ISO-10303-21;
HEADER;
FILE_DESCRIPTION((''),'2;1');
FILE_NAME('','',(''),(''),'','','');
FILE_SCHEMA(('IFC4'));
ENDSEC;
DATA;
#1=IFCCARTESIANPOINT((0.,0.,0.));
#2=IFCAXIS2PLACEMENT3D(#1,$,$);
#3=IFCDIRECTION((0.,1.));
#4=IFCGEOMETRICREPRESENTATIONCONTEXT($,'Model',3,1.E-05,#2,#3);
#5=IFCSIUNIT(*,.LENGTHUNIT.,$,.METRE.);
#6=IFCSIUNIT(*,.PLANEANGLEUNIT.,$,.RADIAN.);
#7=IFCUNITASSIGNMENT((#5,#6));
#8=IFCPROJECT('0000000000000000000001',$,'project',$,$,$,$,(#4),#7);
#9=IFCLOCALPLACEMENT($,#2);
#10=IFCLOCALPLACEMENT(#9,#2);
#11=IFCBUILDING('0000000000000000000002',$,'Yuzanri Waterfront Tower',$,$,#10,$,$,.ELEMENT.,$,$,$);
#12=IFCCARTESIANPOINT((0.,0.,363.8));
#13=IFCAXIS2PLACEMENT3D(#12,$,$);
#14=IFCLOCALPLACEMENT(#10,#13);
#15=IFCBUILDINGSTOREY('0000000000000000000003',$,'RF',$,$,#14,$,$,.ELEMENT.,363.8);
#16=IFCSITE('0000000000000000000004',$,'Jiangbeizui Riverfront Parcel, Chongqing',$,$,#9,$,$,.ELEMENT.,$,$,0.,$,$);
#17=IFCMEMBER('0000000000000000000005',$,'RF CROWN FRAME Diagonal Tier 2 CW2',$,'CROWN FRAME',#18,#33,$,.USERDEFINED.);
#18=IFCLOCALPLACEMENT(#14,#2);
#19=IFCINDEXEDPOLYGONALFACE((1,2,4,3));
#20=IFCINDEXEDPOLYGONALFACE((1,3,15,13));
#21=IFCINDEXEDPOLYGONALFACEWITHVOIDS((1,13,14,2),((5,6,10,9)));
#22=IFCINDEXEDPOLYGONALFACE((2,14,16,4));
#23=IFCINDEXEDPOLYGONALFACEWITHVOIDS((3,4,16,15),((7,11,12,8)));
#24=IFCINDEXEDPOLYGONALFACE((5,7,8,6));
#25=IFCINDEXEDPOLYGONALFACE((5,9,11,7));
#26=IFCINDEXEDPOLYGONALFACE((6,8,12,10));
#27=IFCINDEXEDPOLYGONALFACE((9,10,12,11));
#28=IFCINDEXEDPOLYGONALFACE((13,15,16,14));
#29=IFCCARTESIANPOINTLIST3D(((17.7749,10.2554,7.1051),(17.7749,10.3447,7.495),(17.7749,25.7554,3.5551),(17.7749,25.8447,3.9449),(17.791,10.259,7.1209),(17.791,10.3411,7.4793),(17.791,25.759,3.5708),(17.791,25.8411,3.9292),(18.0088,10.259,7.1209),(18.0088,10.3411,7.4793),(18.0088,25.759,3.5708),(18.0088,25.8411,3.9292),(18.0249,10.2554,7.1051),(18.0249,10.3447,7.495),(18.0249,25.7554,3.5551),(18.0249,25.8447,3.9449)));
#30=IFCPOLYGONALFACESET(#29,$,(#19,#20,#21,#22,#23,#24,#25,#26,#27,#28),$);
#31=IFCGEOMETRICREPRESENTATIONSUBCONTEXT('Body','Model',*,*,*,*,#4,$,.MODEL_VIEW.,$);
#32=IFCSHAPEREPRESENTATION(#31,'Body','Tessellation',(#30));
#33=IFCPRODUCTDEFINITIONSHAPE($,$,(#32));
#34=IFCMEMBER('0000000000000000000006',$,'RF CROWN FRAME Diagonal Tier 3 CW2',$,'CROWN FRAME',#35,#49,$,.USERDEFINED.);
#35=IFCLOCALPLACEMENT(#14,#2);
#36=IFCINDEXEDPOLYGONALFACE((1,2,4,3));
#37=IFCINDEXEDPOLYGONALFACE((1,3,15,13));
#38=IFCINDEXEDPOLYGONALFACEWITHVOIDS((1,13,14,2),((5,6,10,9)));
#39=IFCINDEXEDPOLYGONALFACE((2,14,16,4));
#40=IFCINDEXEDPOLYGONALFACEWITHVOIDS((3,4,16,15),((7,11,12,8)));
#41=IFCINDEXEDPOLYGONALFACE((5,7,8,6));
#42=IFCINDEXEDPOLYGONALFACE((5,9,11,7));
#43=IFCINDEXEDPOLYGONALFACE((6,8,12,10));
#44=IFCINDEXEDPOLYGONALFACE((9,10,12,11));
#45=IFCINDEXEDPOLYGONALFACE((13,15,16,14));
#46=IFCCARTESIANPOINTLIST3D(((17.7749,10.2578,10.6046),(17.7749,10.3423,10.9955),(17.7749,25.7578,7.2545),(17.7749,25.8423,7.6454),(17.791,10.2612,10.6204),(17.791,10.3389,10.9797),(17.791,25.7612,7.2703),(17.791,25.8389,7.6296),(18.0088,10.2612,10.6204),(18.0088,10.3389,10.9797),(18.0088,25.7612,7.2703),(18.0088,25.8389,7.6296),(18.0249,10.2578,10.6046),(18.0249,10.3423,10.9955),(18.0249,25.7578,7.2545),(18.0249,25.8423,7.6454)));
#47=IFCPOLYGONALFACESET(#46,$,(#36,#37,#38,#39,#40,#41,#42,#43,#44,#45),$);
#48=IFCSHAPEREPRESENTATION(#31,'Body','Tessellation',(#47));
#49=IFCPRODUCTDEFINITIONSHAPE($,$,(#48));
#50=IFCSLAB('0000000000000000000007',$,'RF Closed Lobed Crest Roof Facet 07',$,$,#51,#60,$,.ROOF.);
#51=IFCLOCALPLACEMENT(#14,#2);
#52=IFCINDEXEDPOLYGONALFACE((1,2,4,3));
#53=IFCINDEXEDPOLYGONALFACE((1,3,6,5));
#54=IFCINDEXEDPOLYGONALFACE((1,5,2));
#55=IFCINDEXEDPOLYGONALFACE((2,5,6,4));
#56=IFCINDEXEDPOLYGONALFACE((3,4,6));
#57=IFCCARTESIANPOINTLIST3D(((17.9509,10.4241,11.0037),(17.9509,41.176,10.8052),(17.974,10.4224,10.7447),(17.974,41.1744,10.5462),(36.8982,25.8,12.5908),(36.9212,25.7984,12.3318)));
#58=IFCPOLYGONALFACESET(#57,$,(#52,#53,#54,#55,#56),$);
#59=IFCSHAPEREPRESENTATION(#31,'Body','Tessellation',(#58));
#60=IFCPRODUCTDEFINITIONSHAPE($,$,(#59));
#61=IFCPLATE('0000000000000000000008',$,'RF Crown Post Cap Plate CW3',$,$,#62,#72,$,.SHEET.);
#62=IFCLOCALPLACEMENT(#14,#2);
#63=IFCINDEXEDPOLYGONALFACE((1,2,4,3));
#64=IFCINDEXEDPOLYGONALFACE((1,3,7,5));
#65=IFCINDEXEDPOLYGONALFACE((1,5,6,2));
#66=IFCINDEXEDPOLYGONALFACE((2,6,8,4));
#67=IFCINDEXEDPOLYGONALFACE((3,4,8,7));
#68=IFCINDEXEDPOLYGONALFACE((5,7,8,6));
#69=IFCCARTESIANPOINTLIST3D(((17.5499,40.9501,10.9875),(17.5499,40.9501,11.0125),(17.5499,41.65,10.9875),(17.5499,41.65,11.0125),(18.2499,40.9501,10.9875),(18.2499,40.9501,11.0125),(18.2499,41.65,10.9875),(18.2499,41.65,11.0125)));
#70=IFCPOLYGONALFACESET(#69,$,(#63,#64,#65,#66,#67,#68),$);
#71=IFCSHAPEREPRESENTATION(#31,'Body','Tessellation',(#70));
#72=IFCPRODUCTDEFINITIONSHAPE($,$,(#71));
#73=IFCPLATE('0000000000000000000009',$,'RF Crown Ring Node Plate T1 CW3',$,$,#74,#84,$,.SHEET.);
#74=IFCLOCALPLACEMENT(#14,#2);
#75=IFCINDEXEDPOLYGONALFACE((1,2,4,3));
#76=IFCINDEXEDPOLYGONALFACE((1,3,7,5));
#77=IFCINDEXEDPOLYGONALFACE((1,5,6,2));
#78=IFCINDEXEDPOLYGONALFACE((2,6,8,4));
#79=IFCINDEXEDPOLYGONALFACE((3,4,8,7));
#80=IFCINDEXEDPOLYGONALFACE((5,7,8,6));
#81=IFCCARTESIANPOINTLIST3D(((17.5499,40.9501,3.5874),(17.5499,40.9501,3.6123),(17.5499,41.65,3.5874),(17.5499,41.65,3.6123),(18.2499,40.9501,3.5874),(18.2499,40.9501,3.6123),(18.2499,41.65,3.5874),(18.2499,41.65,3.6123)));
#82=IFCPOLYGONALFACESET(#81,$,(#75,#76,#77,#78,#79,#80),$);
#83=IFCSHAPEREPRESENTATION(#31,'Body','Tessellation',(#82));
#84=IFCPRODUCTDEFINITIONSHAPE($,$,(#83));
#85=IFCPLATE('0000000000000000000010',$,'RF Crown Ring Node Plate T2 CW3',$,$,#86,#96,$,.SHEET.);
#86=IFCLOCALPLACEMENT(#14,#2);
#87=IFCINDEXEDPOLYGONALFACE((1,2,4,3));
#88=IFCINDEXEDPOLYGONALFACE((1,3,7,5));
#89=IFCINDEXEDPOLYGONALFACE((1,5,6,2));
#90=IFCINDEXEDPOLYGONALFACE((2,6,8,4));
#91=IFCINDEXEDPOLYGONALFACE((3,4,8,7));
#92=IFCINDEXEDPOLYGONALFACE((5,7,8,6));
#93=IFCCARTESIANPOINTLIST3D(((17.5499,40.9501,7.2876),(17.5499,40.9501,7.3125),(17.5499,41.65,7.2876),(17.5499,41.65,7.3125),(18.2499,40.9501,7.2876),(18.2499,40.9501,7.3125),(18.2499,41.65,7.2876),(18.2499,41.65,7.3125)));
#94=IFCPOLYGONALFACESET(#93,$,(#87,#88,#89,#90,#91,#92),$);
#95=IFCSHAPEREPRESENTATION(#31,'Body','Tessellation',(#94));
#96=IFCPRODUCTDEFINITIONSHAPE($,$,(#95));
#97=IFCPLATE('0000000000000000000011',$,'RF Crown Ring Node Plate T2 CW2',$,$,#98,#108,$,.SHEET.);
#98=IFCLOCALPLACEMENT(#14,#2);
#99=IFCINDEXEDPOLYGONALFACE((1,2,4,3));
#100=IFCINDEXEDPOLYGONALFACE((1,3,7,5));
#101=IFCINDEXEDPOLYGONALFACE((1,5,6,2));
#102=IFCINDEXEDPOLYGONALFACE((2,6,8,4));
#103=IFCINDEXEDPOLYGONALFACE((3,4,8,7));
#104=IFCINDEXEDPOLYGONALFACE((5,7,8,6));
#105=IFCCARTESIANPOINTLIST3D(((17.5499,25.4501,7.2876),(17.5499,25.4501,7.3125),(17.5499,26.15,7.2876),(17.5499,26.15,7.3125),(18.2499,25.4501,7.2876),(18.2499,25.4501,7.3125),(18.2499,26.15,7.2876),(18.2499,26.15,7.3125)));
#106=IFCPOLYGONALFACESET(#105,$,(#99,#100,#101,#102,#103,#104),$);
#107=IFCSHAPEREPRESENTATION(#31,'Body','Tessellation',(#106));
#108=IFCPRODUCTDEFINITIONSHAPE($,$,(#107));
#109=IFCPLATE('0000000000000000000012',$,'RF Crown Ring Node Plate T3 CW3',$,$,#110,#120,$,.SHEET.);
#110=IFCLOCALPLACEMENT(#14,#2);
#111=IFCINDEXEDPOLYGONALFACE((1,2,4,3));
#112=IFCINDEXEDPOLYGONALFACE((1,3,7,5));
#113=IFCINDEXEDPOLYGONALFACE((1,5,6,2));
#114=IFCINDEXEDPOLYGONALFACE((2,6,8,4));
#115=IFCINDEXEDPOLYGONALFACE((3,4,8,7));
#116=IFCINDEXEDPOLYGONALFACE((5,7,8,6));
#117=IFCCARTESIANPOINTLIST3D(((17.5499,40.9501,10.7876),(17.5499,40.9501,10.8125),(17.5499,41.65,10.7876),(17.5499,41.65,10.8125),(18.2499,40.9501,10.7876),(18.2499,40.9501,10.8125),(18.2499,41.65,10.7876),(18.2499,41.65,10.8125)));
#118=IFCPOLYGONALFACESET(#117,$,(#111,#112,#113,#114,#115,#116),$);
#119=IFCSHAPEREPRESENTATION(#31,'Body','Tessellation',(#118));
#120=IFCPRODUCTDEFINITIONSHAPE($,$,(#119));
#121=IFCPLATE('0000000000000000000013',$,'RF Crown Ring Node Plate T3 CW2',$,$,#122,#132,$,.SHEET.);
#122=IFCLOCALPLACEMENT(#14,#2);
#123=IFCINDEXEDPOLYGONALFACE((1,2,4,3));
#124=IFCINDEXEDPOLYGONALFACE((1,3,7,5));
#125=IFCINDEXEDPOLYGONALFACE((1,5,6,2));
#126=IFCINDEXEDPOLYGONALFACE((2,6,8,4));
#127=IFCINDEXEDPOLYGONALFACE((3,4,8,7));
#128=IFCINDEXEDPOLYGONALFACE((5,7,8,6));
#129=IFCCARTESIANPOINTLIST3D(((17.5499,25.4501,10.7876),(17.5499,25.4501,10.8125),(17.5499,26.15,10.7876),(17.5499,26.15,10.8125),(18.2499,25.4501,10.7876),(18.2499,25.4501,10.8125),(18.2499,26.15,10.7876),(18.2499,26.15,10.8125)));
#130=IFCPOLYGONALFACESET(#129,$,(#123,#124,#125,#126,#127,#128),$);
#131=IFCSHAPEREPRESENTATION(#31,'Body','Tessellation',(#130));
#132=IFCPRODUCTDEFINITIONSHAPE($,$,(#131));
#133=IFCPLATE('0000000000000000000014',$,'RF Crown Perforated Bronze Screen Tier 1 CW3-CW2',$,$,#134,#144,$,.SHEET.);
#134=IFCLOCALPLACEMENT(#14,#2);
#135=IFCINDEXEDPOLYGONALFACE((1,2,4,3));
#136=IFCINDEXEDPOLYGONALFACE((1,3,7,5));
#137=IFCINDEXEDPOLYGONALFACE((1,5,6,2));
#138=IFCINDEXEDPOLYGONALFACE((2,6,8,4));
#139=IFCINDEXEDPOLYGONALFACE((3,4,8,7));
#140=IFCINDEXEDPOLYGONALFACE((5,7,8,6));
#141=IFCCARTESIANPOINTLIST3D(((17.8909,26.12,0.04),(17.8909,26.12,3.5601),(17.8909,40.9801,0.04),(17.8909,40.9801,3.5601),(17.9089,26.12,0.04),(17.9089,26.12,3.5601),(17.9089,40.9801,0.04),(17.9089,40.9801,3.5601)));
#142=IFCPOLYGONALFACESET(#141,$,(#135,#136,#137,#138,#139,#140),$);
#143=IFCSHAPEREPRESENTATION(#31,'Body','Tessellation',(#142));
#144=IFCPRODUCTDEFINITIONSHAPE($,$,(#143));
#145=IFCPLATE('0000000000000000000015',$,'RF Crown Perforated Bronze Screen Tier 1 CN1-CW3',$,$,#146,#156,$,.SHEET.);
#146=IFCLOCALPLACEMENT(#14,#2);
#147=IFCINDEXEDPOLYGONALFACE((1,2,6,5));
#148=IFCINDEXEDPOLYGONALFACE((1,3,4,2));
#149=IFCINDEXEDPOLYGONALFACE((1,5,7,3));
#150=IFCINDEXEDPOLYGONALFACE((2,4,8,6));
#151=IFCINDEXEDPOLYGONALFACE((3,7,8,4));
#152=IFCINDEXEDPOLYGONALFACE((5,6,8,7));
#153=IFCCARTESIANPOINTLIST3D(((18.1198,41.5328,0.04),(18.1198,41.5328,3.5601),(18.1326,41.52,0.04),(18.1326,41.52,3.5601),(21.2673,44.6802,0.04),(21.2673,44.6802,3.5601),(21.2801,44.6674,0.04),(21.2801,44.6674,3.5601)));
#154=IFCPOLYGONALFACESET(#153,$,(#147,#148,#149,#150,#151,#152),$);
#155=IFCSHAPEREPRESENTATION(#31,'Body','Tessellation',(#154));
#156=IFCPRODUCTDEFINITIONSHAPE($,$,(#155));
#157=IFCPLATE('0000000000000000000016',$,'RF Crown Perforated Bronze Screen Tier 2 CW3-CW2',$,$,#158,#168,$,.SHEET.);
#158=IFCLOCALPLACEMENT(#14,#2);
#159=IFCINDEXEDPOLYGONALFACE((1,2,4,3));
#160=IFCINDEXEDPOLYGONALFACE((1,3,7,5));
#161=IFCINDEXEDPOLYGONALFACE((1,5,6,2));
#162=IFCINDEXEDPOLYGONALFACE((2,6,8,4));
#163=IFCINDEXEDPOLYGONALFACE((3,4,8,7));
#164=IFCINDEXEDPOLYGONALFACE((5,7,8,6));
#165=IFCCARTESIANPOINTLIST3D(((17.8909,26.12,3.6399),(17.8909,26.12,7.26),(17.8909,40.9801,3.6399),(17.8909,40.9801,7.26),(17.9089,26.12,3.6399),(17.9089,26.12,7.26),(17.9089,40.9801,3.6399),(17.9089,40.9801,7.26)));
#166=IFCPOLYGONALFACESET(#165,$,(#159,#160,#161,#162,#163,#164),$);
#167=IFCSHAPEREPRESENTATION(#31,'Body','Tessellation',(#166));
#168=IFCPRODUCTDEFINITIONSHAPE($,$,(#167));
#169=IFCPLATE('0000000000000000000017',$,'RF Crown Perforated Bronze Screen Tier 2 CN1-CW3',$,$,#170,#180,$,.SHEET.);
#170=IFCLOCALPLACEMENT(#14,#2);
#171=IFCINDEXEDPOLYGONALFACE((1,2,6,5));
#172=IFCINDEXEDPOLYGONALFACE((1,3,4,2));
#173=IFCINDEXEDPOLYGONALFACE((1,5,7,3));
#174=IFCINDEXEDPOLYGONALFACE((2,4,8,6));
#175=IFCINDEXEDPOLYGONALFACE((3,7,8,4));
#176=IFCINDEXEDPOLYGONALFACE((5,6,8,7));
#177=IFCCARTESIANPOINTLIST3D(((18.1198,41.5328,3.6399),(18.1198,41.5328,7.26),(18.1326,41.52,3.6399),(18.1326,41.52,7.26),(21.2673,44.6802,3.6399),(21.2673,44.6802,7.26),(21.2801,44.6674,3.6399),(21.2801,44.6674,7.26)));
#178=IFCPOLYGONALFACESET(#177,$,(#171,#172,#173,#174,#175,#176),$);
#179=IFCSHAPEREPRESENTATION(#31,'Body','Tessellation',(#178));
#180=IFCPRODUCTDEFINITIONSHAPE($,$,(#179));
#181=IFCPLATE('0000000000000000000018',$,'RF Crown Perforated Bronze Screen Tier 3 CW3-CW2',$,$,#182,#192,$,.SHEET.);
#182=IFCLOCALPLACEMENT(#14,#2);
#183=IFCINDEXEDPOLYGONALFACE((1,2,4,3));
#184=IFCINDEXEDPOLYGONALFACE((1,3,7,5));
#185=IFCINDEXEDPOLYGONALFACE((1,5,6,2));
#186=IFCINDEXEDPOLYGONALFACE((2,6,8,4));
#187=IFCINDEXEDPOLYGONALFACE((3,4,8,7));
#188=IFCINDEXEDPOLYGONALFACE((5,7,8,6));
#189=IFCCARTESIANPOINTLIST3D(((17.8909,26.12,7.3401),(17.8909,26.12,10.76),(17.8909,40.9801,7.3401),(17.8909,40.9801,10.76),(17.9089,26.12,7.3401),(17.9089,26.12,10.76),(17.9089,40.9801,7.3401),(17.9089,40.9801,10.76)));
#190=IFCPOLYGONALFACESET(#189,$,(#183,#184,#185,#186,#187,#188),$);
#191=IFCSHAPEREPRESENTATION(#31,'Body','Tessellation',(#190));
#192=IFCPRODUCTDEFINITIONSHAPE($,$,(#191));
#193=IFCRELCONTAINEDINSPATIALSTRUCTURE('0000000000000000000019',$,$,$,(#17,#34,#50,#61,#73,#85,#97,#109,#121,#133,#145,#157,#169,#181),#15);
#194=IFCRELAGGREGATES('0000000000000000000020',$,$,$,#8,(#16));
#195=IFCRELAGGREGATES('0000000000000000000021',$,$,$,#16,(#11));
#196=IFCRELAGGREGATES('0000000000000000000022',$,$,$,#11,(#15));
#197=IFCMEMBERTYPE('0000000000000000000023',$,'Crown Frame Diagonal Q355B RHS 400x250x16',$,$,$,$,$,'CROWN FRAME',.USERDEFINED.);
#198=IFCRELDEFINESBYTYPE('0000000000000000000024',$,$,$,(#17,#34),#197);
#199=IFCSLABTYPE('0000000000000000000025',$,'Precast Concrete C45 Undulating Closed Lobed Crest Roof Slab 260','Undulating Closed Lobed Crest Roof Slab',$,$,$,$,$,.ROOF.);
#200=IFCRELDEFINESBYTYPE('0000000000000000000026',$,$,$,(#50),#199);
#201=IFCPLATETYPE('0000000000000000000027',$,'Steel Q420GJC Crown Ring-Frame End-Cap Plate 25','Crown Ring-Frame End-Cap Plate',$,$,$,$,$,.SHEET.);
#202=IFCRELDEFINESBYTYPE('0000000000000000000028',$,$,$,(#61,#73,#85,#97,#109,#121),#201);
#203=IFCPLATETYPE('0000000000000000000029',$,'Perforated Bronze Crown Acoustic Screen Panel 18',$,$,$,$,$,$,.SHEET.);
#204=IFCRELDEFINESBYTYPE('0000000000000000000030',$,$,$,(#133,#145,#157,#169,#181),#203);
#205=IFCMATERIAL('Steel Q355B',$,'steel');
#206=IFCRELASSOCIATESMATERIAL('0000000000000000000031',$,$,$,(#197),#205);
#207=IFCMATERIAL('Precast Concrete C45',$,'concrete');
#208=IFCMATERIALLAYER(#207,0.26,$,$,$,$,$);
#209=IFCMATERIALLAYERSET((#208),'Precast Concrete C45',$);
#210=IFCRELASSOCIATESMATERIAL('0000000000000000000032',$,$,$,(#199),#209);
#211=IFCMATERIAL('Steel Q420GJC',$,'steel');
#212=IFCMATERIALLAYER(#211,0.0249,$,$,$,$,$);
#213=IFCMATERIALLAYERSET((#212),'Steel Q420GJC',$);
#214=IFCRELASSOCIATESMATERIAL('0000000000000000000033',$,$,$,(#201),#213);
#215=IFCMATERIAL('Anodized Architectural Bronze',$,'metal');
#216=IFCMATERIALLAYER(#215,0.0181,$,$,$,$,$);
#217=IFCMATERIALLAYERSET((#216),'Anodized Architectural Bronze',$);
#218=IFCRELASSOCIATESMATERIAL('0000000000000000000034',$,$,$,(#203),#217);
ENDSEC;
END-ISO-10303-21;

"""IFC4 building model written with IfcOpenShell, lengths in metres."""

from ifc_helpers import new_model, si_unit, direction, frame, origin, origin_2d, place, context, subcontext, project, spatial, polyline, rectangle, hollow_rectangle, outline, extrude, source, transform, mapped, material, layer, layer_set, material_profile, profile_set, type_object, element, save


model = new_model("IFC4")

# Units and contexts
model_context = context("Model", 3, precision=1e-05, world=origin(), true_north=direction((0.0, 1.0)))
body_context = subcontext(model_context, "Body", "Model", "MODEL_VIEW")
ifc_project = project(units=[si_unit("LENGTHUNIT", "METRE"), si_unit("PLANEANGLEUNIT", "RADIAN")], contexts=[model_context])

# Site, building, storey
site_placement = place(None, origin())
site = spatial("IfcSite", under=ifc_project, at=site_placement, Name="Jiangbeizui Riverfront Parcel, Chongqing", CompositionType="ELEMENT", RefElevation=0.0)
building_placement = place(site_placement, origin())
building = spatial("IfcBuilding", under=site, at=building_placement, Name="Yuzanri Waterfront Tower", CompositionType="ELEMENT")
storey_placement = place(building_placement, frame((0.0, 0.0, 363.8)))
storey = spatial("IfcBuildingStorey", under=building, at=storey_placement, Name="RF", CompositionType="ELEMENT", Elevation=363.8)

# Members
ifc_material_1 = material(Name="Steel Q355B", Category="steel")
ifc_material_profile_1 = material_profile(ifc_material_1, hollow_rectangle(XDim=0.25, YDim=0.3999, WallThickness=0.0161, at=origin_2d()), Name="RHS 400x250x16")
ifc_profile_set_1 = profile_set([ifc_material_profile_1], Name="Steel Q355B")
member_type_1 = type_object("IfcMemberType", Name="Crown Frame Diagonal Q355B RHS 400x250x16", ElementType="CROWN FRAME", PredefinedType="USERDEFINED", material=ifc_profile_set_1)
shared_shape_1 = source(origin(), body_context, "Body", "SweptSolid", [
    extrude(hollow_rectangle(XDim=0.25, YDim=0.3999, WallThickness=0.0161, at=origin_2d()), origin(), (0.0, 0.0, 1.0), 15.9014),
])
member_1_placement = place(storey_placement, frame((17.8999, 25.8, 3.75), z_axis=(0.0, -0.97476, 0.223255), x_axis=(1.0, 0.0, 0.0)))
element("IfcMember", 1, at=member_1_placement, inside=storey, type_object=member_type_1, Name="RF CROWN FRAME Diagonal Tier 2 CW2", ObjectType="CROWN FRAME", PredefinedType="USERDEFINED", context=body_context, shape_type="MappedRepresentation", body=[
    mapped(shared_shape_1, transform((0.0, 0.0, 0.0), scale=1.0)),
])
shared_shape_2 = source(origin(), body_context, "Body", "SweptSolid", [
    extrude(hollow_rectangle(XDim=0.25, YDim=0.3999, WallThickness=0.0161, at=origin_2d()), origin(), (0.0, 0.0, 1.0), 15.8579),
])
member_2_placement = place(storey_placement, frame((17.8999, 25.8, 7.45), z_axis=(0.0, -0.97743, 0.211257), x_axis=(1.0, 0.0, 0.0)))
element("IfcMember", 2, at=member_2_placement, inside=storey, type_object=member_type_1, Name="RF CROWN FRAME Diagonal Tier 3 CW2", ObjectType="CROWN FRAME", PredefinedType="USERDEFINED", context=body_context, shape_type="MappedRepresentation", body=[
    mapped(shared_shape_2, transform((0.0, 0.0, 0.0), scale=1.0)),
])

# Slab
ifc_material_2 = material(Name="Precast Concrete C45", Category="concrete")
ifc_layer_1 = layer(ifc_material_2, 0.26)
ifc_layer_set_1 = layer_set([ifc_layer_1], Name="Precast Concrete C45")
slab_type = type_object("IfcSlabType", Name="Precast Concrete C45 Undulating Closed Lobed Crest Roof Slab 260", Description="Undulating Closed Lobed Crest Roof Slab", PredefinedType="ROOF", material=ifc_layer_set_1)
slab_placement = place(storey_placement, frame((17.9509, 41.176, 10.8052), z_axis=(-0.088653, 0.006429, 0.996042), x_axis=(0.0, -0.999979, 0.006454)))
element("IfcSlab", 3, at=slab_placement, inside=storey, type_object=slab_type, Name="RF Closed Lobed Crest Roof Facet 07", PredefinedType="ROOF", context=body_context, shape_type="SweptSolid", body=[
    extrude(outline(polyline([(0.0, 0.0), (30.7526, 0.0), (15.3872, 19.0222), (0.0, 0.0)])), origin(), (0.0, 0.0, -1.0), 0.26),
])

# Plates
ifc_material_3 = material(Name="Steel Q420GJC", Category="steel")
ifc_layer_2 = layer(ifc_material_3, 0.0249)
ifc_layer_set_2 = layer_set([ifc_layer_2], Name="Steel Q420GJC")
plate_type_1 = type_object("IfcPlateType", Name="Steel Q420GJC Crown Ring-Frame End-Cap Plate 25", Description="Crown Ring-Frame End-Cap Plate", PredefinedType="SHEET", material=ifc_layer_set_2)
shared_shape_3 = source(origin(), body_context, "Body", "SweptSolid", [
    extrude(rectangle(XDim=0.7, YDim=0.7, at=origin_2d()), origin(), (0.0, 0.0, 1.0), 0.0249),
])
for number, where, z_axis, x_axis, name in (
    (4, (17.8999, 41.3, 10.9875), (0.0, 0.0, 1.0), (1.0, 0.0, 0.0), "RF Crown Post Cap Plate CW3"),
    (5, (17.8999, 41.3, 3.5874), (0.0, 0.0, 1.0), (1.0, 0.0, 0.0), "RF Crown Ring Node Plate T1 CW3"),
    (6, (17.8999, 41.3, 7.2876), (0.0, 0.0, 1.0), (1.0, 0.0, 0.0), "RF Crown Ring Node Plate T2 CW3"),
    (7, (17.8999, 25.8, 7.2876), (0.0, 0.0, 1.0), (1.0, 0.0, 0.0), "RF Crown Ring Node Plate T2 CW2"),
    (8, (17.8999, 41.3, 10.7876), (0.0, 0.0, 1.0), (1.0, 0.0, 0.0), "RF Crown Ring Node Plate T3 CW3"),
    (9, (17.8999, 25.8, 10.7876), (0.0, 0.0, 1.0), (1.0, 0.0, 0.0), "RF Crown Ring Node Plate T3 CW2"),
):
    element("IfcPlate", number, at=place(storey_placement, frame(where, z_axis=z_axis, x_axis=x_axis)), inside=storey, type_object=plate_type_1, Name=name, PredefinedType="SHEET", context=body_context, shape_type="MappedRepresentation", body=[
        mapped(shared_shape_3, transform((0.0, 0.0, 0.0), scale=1.0)),
    ])
ifc_material_4 = material(Name="Anodized Architectural Bronze", Category="metal")
ifc_layer_3 = layer(ifc_material_4, 0.0181)
ifc_layer_set_3 = layer_set([ifc_layer_3], Name="Anodized Architectural Bronze")
plate_type_2 = type_object("IfcPlateType", Name="Perforated Bronze Crown Acoustic Screen Panel 18", PredefinedType="SHEET", material=ifc_layer_set_3)
shared_shape_4 = source(origin(), body_context, "Body", "SweptSolid", [
    extrude(rectangle(XDim=14.8601, YDim=0.0181, at=origin_2d()), origin(), (0.0, 0.0, 1.0), 3.52),
])
plate_1_placement = place(storey_placement, frame((17.8999, 33.55, 0.04), z_axis=(0.0, 0.0, 1.0), x_axis=(0.0, -1.0, 0.0)))
element("IfcPlate", 10, at=plate_1_placement, inside=storey, type_object=plate_type_2, Name="RF Crown Perforated Bronze Screen Tier 1 CW3-CW2", PredefinedType="SHEET", context=body_context, shape_type="MappedRepresentation", body=[
    mapped(shared_shape_4, transform((0.0, 0.0, 0.0), scale=1.0)),
])
shared_shape_5 = source(origin(), body_context, "Body", "SweptSolid", [
    extrude(rectangle(XDim=4.4512, YDim=0.0181, at=origin_2d()), origin(), (0.0, 0.0, 1.0), 3.52),
])
plate_2_placement = place(storey_placement, frame((19.7, 43.1001, 0.04), z_axis=(0.0, 0.0, 1.0), x_axis=(-0.707107, -0.707107, 0.0)))
element("IfcPlate", 11, at=plate_2_placement, inside=storey, type_object=plate_type_2, Name="RF Crown Perforated Bronze Screen Tier 1 CN1-CW3", PredefinedType="SHEET", context=body_context, shape_type="MappedRepresentation", body=[
    mapped(shared_shape_5, transform((0.0, 0.0, 0.0), scale=1.0)),
])
shared_shape_6 = source(origin(), body_context, "Body", "SweptSolid", [
    extrude(rectangle(XDim=14.8601, YDim=0.0181, at=origin_2d()), origin(), (0.0, 0.0, 1.0), 3.6201),
])
plate_3_placement = place(storey_placement, frame((17.8999, 33.55, 3.6399), z_axis=(0.0, 0.0, 1.0), x_axis=(0.0, -1.0, 0.0)))
element("IfcPlate", 12, at=plate_3_placement, inside=storey, type_object=plate_type_2, Name="RF Crown Perforated Bronze Screen Tier 2 CW3-CW2", PredefinedType="SHEET", context=body_context, shape_type="MappedRepresentation", body=[
    mapped(shared_shape_6, transform((0.0, 0.0, 0.0), scale=1.0)),
])
shared_shape_7 = source(origin(), body_context, "Body", "SweptSolid", [
    extrude(rectangle(XDim=4.4512, YDim=0.0181, at=origin_2d()), origin(), (0.0, 0.0, 1.0), 3.6201),
])
plate_4_placement = place(storey_placement, frame((19.7, 43.1001, 3.6399), z_axis=(0.0, 0.0, 1.0), x_axis=(-0.707107, -0.707107, 0.0)))
element("IfcPlate", 13, at=plate_4_placement, inside=storey, type_object=plate_type_2, Name="RF Crown Perforated Bronze Screen Tier 2 CN1-CW3", PredefinedType="SHEET", context=body_context, shape_type="MappedRepresentation", body=[
    mapped(shared_shape_7, transform((0.0, 0.0, 0.0), scale=1.0)),
])
shared_shape_8 = source(origin(), body_context, "Body", "SweptSolid", [
    extrude(rectangle(XDim=14.8601, YDim=0.0181, at=origin_2d()), origin(), (0.0, 0.0, 1.0), 3.4199),
])
plate_5_placement = place(storey_placement, frame((17.8999, 33.55, 7.3401), z_axis=(0.0, 0.0, 1.0), x_axis=(0.0, -1.0, 0.0)))
element("IfcPlate", 14, at=plate_5_placement, inside=storey, type_object=plate_type_2, Name="RF Crown Perforated Bronze Screen Tier 3 CW3-CW2", PredefinedType="SHEET", context=body_context, shape_type="MappedRepresentation", body=[
    mapped(shared_shape_8, transform((0.0, 0.0, 0.0), scale=1.0)),
])

save(model, "model.ifc")
